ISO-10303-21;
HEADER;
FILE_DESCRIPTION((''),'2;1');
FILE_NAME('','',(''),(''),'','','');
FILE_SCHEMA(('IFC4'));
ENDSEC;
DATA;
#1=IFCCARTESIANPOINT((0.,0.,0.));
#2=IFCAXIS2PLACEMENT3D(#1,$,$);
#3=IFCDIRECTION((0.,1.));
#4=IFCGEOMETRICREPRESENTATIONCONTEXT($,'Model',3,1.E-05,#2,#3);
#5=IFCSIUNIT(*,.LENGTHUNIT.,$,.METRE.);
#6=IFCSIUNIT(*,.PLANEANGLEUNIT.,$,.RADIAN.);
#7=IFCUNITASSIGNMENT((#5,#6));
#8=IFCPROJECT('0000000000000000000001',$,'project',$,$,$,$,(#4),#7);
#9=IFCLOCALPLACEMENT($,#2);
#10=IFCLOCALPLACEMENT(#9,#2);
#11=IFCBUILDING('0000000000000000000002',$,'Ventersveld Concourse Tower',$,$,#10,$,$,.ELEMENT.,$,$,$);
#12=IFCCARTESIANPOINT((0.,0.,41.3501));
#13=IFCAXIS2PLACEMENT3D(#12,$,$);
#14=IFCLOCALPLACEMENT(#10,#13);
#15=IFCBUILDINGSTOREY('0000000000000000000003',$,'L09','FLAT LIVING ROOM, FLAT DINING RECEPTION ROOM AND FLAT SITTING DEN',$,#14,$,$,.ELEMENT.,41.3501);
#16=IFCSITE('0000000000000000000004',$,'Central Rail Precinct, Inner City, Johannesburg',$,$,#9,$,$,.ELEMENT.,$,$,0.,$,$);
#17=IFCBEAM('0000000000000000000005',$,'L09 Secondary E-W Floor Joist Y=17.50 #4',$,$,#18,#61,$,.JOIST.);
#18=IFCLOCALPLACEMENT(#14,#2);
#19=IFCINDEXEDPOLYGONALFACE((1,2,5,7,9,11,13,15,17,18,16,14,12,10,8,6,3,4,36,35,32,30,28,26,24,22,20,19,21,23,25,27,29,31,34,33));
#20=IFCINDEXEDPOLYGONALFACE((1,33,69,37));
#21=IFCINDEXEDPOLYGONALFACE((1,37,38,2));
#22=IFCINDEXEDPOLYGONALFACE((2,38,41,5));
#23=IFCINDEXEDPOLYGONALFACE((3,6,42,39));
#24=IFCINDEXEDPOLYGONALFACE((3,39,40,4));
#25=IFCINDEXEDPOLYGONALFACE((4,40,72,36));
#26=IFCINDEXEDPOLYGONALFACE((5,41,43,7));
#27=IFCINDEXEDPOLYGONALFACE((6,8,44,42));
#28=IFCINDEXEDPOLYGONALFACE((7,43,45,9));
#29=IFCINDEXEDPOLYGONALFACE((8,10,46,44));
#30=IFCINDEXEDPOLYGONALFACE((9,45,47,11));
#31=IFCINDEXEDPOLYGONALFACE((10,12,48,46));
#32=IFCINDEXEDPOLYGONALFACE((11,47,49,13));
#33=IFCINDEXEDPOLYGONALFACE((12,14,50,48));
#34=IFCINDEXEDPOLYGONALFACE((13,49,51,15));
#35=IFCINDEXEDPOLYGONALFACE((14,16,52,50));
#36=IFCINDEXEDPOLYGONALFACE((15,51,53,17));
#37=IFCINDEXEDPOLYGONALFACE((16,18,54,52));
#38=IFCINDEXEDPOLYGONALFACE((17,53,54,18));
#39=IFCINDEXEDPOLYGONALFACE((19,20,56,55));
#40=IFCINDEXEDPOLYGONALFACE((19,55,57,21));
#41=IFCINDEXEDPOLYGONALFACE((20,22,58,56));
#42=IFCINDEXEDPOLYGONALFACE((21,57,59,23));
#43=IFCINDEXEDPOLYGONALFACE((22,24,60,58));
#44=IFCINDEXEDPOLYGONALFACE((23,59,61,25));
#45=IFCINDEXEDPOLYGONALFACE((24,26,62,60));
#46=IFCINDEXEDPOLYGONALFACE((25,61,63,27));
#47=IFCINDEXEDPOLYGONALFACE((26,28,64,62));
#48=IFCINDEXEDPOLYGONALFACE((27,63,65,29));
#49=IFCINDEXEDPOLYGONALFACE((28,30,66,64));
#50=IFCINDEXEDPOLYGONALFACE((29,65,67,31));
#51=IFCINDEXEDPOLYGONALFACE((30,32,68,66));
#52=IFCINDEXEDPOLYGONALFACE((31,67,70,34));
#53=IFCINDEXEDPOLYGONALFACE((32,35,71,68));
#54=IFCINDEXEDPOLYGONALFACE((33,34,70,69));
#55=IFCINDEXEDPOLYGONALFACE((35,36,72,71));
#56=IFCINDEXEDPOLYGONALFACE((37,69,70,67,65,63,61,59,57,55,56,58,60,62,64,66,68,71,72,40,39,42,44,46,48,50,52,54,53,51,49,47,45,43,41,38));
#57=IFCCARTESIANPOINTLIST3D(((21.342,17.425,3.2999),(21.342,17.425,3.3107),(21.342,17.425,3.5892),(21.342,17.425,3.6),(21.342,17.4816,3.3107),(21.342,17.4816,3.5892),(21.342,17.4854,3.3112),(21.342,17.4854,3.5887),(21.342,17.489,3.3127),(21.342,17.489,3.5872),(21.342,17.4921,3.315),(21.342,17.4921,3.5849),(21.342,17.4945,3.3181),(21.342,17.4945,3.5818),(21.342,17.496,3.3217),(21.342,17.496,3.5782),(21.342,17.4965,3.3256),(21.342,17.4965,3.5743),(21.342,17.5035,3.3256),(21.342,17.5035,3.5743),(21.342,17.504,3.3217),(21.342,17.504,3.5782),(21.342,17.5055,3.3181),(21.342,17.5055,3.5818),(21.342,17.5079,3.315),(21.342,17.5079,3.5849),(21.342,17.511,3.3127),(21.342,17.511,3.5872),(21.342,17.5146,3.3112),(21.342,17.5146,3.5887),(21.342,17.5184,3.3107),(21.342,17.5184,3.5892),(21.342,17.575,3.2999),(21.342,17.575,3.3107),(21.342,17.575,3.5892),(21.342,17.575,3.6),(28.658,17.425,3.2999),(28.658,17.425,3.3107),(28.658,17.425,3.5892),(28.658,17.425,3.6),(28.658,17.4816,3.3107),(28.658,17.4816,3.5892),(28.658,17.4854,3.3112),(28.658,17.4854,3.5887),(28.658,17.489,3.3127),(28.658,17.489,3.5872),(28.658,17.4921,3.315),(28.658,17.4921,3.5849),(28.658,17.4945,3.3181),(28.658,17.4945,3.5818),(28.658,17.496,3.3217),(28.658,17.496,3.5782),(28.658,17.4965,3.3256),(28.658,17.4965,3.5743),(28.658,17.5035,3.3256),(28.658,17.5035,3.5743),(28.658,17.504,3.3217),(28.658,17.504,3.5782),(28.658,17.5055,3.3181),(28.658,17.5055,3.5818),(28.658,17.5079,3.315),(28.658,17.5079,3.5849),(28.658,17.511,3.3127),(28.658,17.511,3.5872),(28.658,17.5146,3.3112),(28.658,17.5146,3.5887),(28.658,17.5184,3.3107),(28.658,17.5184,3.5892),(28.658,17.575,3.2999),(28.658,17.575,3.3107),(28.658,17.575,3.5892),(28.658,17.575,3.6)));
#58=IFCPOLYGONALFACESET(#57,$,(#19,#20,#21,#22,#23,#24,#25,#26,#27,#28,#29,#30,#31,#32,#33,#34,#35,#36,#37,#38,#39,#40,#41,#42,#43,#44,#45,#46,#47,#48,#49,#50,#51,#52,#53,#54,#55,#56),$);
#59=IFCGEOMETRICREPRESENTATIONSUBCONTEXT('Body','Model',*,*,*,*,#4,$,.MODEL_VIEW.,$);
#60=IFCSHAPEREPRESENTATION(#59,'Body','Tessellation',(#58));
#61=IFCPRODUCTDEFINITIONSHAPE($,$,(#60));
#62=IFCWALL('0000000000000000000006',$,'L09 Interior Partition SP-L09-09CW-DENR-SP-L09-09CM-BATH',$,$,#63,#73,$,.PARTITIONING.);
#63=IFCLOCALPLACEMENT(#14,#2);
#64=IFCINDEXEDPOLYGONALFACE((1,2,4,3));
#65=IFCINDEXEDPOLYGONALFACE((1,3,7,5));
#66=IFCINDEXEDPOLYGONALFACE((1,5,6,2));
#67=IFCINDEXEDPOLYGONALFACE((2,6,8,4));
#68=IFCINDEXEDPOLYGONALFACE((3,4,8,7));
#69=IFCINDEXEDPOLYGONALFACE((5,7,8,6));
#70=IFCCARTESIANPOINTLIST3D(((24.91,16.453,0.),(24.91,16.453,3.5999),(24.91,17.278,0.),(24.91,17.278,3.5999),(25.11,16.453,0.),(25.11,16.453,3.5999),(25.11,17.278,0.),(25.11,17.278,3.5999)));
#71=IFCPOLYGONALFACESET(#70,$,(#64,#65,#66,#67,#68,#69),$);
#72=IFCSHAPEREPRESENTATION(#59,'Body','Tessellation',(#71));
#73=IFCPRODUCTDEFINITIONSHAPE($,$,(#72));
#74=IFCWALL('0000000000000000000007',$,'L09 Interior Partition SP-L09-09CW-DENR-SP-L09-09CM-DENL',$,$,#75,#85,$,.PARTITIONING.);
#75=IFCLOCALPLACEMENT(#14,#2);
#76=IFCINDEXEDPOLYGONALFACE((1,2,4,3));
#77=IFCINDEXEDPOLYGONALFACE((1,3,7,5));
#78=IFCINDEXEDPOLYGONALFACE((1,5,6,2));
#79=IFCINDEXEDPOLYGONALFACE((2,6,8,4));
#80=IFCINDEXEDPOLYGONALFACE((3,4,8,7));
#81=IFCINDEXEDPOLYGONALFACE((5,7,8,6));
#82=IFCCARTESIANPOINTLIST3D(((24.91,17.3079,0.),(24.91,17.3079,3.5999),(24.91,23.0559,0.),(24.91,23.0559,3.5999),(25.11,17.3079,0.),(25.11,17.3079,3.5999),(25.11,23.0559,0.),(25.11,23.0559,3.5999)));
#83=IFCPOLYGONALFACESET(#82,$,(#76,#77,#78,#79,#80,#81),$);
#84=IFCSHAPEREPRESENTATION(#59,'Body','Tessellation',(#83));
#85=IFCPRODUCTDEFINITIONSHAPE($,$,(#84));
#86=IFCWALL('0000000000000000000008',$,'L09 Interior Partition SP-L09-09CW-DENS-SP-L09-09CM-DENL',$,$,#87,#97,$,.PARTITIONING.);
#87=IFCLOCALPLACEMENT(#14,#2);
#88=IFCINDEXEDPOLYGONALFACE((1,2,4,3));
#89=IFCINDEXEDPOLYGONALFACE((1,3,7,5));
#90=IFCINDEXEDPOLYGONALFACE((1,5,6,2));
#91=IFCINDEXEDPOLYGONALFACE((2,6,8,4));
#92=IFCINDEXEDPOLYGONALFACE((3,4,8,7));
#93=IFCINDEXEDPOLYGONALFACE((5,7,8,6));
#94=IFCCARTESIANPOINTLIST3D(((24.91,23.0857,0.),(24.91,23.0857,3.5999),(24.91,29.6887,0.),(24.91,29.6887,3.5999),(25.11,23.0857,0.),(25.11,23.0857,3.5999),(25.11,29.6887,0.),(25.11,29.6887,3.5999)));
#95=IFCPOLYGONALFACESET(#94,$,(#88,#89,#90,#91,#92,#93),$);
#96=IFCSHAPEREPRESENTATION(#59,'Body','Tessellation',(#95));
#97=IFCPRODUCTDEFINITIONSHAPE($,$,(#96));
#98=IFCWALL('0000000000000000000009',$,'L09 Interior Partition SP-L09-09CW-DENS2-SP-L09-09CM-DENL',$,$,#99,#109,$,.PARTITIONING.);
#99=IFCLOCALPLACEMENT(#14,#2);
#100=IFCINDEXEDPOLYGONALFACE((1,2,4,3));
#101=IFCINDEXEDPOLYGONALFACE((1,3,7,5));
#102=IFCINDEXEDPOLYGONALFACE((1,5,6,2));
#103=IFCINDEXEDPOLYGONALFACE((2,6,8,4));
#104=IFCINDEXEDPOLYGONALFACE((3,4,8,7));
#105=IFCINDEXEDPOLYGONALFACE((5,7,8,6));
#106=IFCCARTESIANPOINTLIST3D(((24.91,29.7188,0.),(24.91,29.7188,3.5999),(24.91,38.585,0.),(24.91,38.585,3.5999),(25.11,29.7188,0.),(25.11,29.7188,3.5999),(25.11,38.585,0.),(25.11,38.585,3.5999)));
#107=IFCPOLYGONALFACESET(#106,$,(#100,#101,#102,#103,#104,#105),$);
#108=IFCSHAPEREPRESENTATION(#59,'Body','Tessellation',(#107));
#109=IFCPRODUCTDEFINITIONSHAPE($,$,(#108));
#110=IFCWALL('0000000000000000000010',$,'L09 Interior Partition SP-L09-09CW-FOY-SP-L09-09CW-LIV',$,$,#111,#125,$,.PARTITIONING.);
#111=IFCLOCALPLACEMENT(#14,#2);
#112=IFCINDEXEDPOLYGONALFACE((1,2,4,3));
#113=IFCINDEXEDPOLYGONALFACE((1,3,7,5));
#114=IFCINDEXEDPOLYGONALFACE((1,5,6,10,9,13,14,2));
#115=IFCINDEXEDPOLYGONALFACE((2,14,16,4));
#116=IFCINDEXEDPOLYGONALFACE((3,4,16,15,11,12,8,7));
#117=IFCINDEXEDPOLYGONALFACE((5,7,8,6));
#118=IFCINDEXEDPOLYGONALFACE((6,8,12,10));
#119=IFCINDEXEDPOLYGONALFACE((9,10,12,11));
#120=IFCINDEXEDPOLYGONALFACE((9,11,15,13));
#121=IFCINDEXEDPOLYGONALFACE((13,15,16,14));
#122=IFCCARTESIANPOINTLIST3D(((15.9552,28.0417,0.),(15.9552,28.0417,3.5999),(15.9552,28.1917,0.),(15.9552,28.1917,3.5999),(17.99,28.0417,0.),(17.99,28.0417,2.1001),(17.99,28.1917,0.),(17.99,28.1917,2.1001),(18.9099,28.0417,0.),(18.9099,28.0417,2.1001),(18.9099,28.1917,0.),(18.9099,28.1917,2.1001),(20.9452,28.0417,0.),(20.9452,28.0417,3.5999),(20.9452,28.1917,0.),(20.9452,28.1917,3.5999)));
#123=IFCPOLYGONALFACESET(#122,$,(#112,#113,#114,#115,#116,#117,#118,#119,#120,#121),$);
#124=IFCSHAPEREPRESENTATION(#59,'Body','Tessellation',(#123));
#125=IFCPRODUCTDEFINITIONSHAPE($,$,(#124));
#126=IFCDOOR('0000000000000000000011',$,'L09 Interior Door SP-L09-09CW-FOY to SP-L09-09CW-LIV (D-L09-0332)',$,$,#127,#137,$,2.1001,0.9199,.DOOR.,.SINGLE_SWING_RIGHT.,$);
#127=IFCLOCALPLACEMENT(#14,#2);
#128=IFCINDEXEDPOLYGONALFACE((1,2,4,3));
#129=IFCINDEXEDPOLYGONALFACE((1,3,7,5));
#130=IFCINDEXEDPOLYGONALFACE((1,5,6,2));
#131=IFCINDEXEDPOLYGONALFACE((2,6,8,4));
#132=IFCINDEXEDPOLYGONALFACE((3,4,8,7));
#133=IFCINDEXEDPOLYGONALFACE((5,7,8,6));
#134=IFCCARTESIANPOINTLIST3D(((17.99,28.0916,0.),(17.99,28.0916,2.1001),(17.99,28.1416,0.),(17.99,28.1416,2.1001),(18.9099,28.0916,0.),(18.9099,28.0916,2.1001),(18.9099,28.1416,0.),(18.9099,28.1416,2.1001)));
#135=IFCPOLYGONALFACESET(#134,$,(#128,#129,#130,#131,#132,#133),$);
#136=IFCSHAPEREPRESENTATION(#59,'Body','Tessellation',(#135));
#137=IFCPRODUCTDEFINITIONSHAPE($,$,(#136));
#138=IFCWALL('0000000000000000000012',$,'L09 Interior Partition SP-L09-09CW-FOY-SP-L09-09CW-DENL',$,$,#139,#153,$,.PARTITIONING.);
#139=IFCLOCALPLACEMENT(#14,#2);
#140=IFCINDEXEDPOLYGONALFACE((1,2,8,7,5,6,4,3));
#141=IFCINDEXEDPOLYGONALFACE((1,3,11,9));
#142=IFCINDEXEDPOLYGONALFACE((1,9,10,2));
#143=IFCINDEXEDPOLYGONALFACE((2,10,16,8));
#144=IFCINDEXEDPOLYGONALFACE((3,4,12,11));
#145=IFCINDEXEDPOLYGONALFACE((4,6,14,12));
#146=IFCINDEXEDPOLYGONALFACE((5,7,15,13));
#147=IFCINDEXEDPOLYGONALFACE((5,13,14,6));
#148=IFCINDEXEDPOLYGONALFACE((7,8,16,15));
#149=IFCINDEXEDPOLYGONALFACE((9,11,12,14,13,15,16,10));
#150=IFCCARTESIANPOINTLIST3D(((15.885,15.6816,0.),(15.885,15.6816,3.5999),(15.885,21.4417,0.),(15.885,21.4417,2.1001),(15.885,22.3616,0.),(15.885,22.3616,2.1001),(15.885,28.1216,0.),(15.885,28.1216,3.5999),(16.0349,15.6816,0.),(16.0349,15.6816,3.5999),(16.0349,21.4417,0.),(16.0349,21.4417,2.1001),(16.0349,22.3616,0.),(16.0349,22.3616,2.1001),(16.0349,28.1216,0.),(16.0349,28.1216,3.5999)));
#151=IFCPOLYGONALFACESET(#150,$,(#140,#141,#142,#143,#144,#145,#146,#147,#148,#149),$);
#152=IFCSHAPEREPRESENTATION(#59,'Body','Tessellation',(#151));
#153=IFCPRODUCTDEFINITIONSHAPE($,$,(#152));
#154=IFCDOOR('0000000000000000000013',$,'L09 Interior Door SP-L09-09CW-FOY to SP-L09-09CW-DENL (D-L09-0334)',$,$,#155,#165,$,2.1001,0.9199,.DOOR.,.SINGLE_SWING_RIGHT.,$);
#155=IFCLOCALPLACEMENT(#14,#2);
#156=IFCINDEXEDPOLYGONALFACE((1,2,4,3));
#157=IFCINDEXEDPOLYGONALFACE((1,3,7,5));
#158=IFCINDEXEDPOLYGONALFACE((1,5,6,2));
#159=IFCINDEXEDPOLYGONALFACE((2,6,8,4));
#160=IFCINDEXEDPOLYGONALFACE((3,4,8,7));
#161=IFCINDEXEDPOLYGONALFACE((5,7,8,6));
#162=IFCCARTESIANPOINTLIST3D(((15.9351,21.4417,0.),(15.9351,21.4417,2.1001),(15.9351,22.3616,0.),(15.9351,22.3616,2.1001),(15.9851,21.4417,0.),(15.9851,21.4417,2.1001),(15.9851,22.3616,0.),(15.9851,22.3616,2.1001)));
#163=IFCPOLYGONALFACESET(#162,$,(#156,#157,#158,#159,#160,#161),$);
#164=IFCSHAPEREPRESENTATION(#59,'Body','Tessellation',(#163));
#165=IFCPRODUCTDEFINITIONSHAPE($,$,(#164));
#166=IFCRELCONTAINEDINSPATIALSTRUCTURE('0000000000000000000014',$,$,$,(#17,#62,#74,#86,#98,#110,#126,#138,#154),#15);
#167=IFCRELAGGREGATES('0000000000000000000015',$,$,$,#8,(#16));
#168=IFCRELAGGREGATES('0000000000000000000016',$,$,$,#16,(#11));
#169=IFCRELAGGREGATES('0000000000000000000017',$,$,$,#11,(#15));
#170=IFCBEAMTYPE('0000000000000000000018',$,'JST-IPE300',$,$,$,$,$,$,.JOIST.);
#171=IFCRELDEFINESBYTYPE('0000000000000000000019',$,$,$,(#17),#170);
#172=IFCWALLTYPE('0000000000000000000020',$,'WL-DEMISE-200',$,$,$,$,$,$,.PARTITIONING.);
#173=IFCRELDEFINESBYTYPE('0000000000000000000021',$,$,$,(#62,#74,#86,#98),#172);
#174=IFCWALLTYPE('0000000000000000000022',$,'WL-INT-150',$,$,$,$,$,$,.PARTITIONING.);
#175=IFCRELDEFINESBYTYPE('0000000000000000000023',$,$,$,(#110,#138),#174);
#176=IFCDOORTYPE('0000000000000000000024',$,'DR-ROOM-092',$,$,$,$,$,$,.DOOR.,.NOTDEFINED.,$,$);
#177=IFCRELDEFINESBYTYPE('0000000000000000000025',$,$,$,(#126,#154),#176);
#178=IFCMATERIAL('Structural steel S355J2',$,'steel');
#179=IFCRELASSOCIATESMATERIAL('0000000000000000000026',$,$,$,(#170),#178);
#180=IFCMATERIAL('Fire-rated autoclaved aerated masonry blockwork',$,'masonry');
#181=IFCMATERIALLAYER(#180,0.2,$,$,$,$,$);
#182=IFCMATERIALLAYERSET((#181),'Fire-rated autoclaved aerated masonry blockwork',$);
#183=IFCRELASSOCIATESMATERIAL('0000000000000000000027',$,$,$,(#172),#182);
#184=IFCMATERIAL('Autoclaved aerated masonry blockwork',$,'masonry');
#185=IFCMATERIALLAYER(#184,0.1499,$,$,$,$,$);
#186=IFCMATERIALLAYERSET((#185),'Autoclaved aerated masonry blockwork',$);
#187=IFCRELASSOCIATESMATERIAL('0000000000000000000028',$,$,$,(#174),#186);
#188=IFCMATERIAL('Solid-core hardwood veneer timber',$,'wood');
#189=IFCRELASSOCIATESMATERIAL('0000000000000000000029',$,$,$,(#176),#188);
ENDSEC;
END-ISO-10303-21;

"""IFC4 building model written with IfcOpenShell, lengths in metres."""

from ifc_helpers import new_model, si_unit, direction, frame, frame_2d, origin, origin_2d, place, context, subcontext, project, spatial, rectangle, i_section, extrude, material, layer, layer_set, material_profile, profile_set, type_object, element, fill, save


model = new_model("IFC4")

# Units and contexts
model_context = context("Model", 3, precision=1e-05, world=origin(), true_north=direction((0.0, 1.0)))
body_context = subcontext(model_context, "Body", "Model", "MODEL_VIEW")
ifc_project = project(units=[si_unit("LENGTHUNIT", "METRE"), si_unit("PLANEANGLEUNIT", "RADIAN")], contexts=[model_context])

# Site, building, storey
site_placement = place(None, origin())
site = spatial("IfcSite", under=ifc_project, at=site_placement, Name="Central Rail Precinct, Inner City, Johannesburg", CompositionType="ELEMENT", RefElevation=0.0)
building_placement = place(site_placement, origin())
building = spatial("IfcBuilding", under=site, at=building_placement, Name="Ventersveld Concourse Tower", CompositionType="ELEMENT")
storey_placement = place(building_placement, frame((0.0, 0.0, 41.3501)))
storey = spatial("IfcBuildingStorey", under=building, at=storey_placement, Name="L09", Description="FLAT LIVING ROOM, FLAT DINING RECEPTION ROOM AND FLAT SITTING DEN", CompositionType="ELEMENT", Elevation=41.3501)

# Beam
ifc_material_1 = material(Name="Structural steel S355J2", Category="steel")
ifc_material_profile_1 = material_profile(ifc_material_1, i_section(OverallWidth=0.1499, OverallDepth=0.3, WebThickness=0.0071, FlangeThickness=0.0107, FilletRadius=0.0149, at=origin_2d()), Name="IPE 300")
ifc_profile_set_1 = profile_set([ifc_material_profile_1], Name="Structural steel S355J2")
beam_type_1 = type_object("IfcBeamType", Name="JST-IPE300", PredefinedType="JOIST", material=ifc_profile_set_1)
for number, where, z_axis, x_axis, name in (
    (1, (21.342, 17.5, 3.45), (1.0, 0.0, 0.0), (0.0, 1.0, 0.0), "L09 Secondary E-W Floor Joist Y=17.50 #4"),
):
    element("IfcBeam", number, at=place(storey_placement, frame(where, z_axis=z_axis, x_axis=x_axis)), inside=storey, type_object=beam_type_1, Name=name, PredefinedType="JOIST", context=body_context, shape_type="SweptSolid", body=[
        extrude(i_section(OverallWidth=0.1499, OverallDepth=0.3, WebThickness=0.0071, FlangeThickness=0.0107, FilletRadius=0.0149, at=origin_2d()), origin(), (0.0, 0.0, 1.0), 7.3159),
    ])

# Walls
ifc_material_2 = material(Name="Fire-rated autoclaved aerated masonry blockwork", Category="masonry")
ifc_layer_1 = layer(ifc_material_2, 0.2)
ifc_layer_set_1 = layer_set([ifc_layer_1], Name="Fire-rated autoclaved aerated masonry blockwork")
wall_type_1 = type_object("IfcWallType", Name="WL-DEMISE-200", PredefinedType="PARTITIONING", material=ifc_layer_set_1)
wall_1_placement = place(storey_placement, frame((25.01, 16.4529, 0.0), z_axis=(0.0, 0.0, 1.0), x_axis=(0.0, 1.0, 0.0)))
element("IfcWall", 2, at=wall_1_placement, inside=storey, type_object=wall_type_1, Name="L09 Interior Partition SP-L09-09CW-DENR-SP-L09-09CM-BATH", PredefinedType="PARTITIONING", context=body_context, shape_type="SweptSolid", body=[
    extrude(rectangle(XDim=0.825, YDim=0.2, at=frame_2d((0.4126, 0.0))), origin(), (0.0, 0.0, 1.0), 3.5999),
])
wall_2_placement = place(storey_placement, frame((25.01, 17.3079, 0.0), z_axis=(0.0, 0.0, 1.0), x_axis=(0.0, 1.0, 0.0)))
element("IfcWall", 3, at=wall_2_placement, inside=storey, type_object=wall_type_1, Name="L09 Interior Partition SP-L09-09CW-DENR-SP-L09-09CM-DENL", PredefinedType="PARTITIONING", context=body_context, shape_type="SweptSolid", body=[
    extrude(rectangle(XDim=5.748, YDim=0.2, at=frame_2d((2.874, 0.0))), origin(), (0.0, 0.0, 1.0), 3.5999),
])
wall_3_placement = place(storey_placement, frame((25.01, 23.0857, 0.0), z_axis=(0.0, 0.0, 1.0), x_axis=(0.0, 1.0, 0.0)))
element("IfcWall", 4, at=wall_3_placement, inside=storey, type_object=wall_type_1, Name="L09 Interior Partition SP-L09-09CW-DENS-SP-L09-09CM-DENL", PredefinedType="PARTITIONING", context=body_context, shape_type="SweptSolid", body=[
    extrude(rectangle(XDim=6.603, YDim=0.2, at=frame_2d((3.3015, 0.0))), origin(), (0.0, 0.0, 1.0), 3.5999),
])
wall_4_placement = place(storey_placement, frame((25.01, 29.7188, 0.0), z_axis=(0.0, 0.0, 1.0), x_axis=(0.0, 1.0, 0.0)))
element("IfcWall", 5, at=wall_4_placement, inside=storey, type_object=wall_type_1, Name="L09 Interior Partition SP-L09-09CW-DENS2-SP-L09-09CM-DENL", PredefinedType="PARTITIONING", context=body_context, shape_type="SweptSolid", body=[
    extrude(rectangle(XDim=8.8662, YDim=0.2, at=frame_2d((4.4331, 0.0))), origin(), (0.0, 0.0, 1.0), 3.5999),
])

# Walls, openings, doors
ifc_material_3 = material(Name="Autoclaved aerated masonry blockwork", Category="masonry")
ifc_layer_2 = layer(ifc_material_3, 0.1499)
ifc_layer_set_2 = layer_set([ifc_layer_2], Name="Autoclaved aerated masonry blockwork")
wall_type_2 = type_object("IfcWallType", Name="WL-INT-150", PredefinedType="PARTITIONING", material=ifc_layer_set_2)
wall_5_placement = place(storey_placement, frame((15.9551, 28.1167, 0.0), z_axis=(0.0, 0.0, 1.0), x_axis=(1.0, 0.0, 0.0)))
wall_5 = element("IfcWall", 6, at=wall_5_placement, inside=storey, type_object=wall_type_2, Name="L09 Interior Partition SP-L09-09CW-FOY-SP-L09-09CW-LIV", PredefinedType="PARTITIONING", context=body_context, shape_type="SweptSolid", body=[
    extrude(rectangle(XDim=4.99, YDim=0.1499, at=frame_2d((2.4951, 0.0))), origin(), (0.0, 0.0, 1.0), 3.5999),
])
opening_1_placement = place(wall_5_placement, frame((2.0349, 0.0, 0.0)))
opening_1 = element("IfcOpeningElement", 7, at=opening_1_placement, cuts=wall_5, PredefinedType="OPENING", context=body_context, shape_type="SweptSolid", body=[
    extrude(rectangle(XDim=0.9199, YDim=2.1001, at=frame_2d((0.46, 1.05))), frame((0.0, 0.085, 0.0), z_axis=(0.0, -1.0, 0.0), x_axis=(1.0, 0.0, 0.0)), (0.0, 0.0, 1.0), 0.1699),
])
ifc_material_4 = material(Name="Solid-core hardwood veneer timber", Category="wood")
door_type = type_object("IfcDoorType", Name="DR-ROOM-092", OperationType="NOTDEFINED", PredefinedType="DOOR", material=ifc_material_4)
door_1_placement = place(opening_1_placement, origin())
door_1 = element("IfcDoor", 8, at=door_1_placement, inside=storey, type_object=door_type, Name="L09 Interior Door SP-L09-09CW-FOY to SP-L09-09CW-LIV (D-L09-0332)", OperationType="SINGLE_SWING_RIGHT", OverallHeight=2.1001, OverallWidth=0.9199, PredefinedType="DOOR", context=body_context, shape_type="SweptSolid", body=[
    extrude(rectangle(XDim=0.9199, YDim=2.1001, at=frame_2d((0.46, 1.05))), frame((0.0, 0.0249, 0.0), z_axis=(0.0, -1.0, 0.0), x_axis=(1.0, 0.0, 0.0)), (0.0, 0.0, 1.0), 0.05),
])
fill(opening_1, door_1)
wall_6_placement = place(storey_placement, frame((15.96, 15.6816, 0.0), z_axis=(0.0, 0.0, 1.0), x_axis=(0.0, 1.0, 0.0)))
wall_6 = element("IfcWall", 9, at=wall_6_placement, inside=storey, type_object=wall_type_2, Name="L09 Interior Partition SP-L09-09CW-FOY-SP-L09-09CW-DENL", PredefinedType="PARTITIONING", context=body_context, shape_type="SweptSolid", body=[
    extrude(rectangle(XDim=12.4399, YDim=0.1499, at=frame_2d((6.22, 0.0))), origin(), (0.0, 0.0, 1.0), 3.5999),
])
opening_2_placement = place(wall_6_placement, frame((5.76, 0.0, 0.0)))
opening_2 = element("IfcOpeningElement", 10, at=opening_2_placement, cuts=wall_6, PredefinedType="OPENING", context=body_context, shape_type="SweptSolid", body=[
    extrude(rectangle(XDim=0.9199, YDim=2.1001, at=frame_2d((0.46, 1.05))), frame((0.0, 0.085, 0.0), z_axis=(0.0, -1.0, 0.0), x_axis=(1.0, 0.0, 0.0)), (0.0, 0.0, 1.0), 0.1699),
])
door_2_placement = place(opening_2_placement, origin())
door_2 = element("IfcDoor", 11, at=door_2_placement, inside=storey, type_object=door_type, Name="L09 Interior Door SP-L09-09CW-FOY to SP-L09-09CW-DENL (D-L09-0334)", OperationType="SINGLE_SWING_RIGHT", OverallHeight=2.1001, OverallWidth=0.9199, PredefinedType="DOOR", context=body_context, shape_type="SweptSolid", body=[
    extrude(rectangle(XDim=0.9199, YDim=2.1001, at=frame_2d((0.46, 1.05))), frame((0.0, 0.0249, 0.0), z_axis=(0.0, -1.0, 0.0), x_axis=(1.0, 0.0, 0.0)), (0.0, 0.0, 1.0), 0.05),
])
fill(opening_2, door_2)

save(model, "model.ifc")
